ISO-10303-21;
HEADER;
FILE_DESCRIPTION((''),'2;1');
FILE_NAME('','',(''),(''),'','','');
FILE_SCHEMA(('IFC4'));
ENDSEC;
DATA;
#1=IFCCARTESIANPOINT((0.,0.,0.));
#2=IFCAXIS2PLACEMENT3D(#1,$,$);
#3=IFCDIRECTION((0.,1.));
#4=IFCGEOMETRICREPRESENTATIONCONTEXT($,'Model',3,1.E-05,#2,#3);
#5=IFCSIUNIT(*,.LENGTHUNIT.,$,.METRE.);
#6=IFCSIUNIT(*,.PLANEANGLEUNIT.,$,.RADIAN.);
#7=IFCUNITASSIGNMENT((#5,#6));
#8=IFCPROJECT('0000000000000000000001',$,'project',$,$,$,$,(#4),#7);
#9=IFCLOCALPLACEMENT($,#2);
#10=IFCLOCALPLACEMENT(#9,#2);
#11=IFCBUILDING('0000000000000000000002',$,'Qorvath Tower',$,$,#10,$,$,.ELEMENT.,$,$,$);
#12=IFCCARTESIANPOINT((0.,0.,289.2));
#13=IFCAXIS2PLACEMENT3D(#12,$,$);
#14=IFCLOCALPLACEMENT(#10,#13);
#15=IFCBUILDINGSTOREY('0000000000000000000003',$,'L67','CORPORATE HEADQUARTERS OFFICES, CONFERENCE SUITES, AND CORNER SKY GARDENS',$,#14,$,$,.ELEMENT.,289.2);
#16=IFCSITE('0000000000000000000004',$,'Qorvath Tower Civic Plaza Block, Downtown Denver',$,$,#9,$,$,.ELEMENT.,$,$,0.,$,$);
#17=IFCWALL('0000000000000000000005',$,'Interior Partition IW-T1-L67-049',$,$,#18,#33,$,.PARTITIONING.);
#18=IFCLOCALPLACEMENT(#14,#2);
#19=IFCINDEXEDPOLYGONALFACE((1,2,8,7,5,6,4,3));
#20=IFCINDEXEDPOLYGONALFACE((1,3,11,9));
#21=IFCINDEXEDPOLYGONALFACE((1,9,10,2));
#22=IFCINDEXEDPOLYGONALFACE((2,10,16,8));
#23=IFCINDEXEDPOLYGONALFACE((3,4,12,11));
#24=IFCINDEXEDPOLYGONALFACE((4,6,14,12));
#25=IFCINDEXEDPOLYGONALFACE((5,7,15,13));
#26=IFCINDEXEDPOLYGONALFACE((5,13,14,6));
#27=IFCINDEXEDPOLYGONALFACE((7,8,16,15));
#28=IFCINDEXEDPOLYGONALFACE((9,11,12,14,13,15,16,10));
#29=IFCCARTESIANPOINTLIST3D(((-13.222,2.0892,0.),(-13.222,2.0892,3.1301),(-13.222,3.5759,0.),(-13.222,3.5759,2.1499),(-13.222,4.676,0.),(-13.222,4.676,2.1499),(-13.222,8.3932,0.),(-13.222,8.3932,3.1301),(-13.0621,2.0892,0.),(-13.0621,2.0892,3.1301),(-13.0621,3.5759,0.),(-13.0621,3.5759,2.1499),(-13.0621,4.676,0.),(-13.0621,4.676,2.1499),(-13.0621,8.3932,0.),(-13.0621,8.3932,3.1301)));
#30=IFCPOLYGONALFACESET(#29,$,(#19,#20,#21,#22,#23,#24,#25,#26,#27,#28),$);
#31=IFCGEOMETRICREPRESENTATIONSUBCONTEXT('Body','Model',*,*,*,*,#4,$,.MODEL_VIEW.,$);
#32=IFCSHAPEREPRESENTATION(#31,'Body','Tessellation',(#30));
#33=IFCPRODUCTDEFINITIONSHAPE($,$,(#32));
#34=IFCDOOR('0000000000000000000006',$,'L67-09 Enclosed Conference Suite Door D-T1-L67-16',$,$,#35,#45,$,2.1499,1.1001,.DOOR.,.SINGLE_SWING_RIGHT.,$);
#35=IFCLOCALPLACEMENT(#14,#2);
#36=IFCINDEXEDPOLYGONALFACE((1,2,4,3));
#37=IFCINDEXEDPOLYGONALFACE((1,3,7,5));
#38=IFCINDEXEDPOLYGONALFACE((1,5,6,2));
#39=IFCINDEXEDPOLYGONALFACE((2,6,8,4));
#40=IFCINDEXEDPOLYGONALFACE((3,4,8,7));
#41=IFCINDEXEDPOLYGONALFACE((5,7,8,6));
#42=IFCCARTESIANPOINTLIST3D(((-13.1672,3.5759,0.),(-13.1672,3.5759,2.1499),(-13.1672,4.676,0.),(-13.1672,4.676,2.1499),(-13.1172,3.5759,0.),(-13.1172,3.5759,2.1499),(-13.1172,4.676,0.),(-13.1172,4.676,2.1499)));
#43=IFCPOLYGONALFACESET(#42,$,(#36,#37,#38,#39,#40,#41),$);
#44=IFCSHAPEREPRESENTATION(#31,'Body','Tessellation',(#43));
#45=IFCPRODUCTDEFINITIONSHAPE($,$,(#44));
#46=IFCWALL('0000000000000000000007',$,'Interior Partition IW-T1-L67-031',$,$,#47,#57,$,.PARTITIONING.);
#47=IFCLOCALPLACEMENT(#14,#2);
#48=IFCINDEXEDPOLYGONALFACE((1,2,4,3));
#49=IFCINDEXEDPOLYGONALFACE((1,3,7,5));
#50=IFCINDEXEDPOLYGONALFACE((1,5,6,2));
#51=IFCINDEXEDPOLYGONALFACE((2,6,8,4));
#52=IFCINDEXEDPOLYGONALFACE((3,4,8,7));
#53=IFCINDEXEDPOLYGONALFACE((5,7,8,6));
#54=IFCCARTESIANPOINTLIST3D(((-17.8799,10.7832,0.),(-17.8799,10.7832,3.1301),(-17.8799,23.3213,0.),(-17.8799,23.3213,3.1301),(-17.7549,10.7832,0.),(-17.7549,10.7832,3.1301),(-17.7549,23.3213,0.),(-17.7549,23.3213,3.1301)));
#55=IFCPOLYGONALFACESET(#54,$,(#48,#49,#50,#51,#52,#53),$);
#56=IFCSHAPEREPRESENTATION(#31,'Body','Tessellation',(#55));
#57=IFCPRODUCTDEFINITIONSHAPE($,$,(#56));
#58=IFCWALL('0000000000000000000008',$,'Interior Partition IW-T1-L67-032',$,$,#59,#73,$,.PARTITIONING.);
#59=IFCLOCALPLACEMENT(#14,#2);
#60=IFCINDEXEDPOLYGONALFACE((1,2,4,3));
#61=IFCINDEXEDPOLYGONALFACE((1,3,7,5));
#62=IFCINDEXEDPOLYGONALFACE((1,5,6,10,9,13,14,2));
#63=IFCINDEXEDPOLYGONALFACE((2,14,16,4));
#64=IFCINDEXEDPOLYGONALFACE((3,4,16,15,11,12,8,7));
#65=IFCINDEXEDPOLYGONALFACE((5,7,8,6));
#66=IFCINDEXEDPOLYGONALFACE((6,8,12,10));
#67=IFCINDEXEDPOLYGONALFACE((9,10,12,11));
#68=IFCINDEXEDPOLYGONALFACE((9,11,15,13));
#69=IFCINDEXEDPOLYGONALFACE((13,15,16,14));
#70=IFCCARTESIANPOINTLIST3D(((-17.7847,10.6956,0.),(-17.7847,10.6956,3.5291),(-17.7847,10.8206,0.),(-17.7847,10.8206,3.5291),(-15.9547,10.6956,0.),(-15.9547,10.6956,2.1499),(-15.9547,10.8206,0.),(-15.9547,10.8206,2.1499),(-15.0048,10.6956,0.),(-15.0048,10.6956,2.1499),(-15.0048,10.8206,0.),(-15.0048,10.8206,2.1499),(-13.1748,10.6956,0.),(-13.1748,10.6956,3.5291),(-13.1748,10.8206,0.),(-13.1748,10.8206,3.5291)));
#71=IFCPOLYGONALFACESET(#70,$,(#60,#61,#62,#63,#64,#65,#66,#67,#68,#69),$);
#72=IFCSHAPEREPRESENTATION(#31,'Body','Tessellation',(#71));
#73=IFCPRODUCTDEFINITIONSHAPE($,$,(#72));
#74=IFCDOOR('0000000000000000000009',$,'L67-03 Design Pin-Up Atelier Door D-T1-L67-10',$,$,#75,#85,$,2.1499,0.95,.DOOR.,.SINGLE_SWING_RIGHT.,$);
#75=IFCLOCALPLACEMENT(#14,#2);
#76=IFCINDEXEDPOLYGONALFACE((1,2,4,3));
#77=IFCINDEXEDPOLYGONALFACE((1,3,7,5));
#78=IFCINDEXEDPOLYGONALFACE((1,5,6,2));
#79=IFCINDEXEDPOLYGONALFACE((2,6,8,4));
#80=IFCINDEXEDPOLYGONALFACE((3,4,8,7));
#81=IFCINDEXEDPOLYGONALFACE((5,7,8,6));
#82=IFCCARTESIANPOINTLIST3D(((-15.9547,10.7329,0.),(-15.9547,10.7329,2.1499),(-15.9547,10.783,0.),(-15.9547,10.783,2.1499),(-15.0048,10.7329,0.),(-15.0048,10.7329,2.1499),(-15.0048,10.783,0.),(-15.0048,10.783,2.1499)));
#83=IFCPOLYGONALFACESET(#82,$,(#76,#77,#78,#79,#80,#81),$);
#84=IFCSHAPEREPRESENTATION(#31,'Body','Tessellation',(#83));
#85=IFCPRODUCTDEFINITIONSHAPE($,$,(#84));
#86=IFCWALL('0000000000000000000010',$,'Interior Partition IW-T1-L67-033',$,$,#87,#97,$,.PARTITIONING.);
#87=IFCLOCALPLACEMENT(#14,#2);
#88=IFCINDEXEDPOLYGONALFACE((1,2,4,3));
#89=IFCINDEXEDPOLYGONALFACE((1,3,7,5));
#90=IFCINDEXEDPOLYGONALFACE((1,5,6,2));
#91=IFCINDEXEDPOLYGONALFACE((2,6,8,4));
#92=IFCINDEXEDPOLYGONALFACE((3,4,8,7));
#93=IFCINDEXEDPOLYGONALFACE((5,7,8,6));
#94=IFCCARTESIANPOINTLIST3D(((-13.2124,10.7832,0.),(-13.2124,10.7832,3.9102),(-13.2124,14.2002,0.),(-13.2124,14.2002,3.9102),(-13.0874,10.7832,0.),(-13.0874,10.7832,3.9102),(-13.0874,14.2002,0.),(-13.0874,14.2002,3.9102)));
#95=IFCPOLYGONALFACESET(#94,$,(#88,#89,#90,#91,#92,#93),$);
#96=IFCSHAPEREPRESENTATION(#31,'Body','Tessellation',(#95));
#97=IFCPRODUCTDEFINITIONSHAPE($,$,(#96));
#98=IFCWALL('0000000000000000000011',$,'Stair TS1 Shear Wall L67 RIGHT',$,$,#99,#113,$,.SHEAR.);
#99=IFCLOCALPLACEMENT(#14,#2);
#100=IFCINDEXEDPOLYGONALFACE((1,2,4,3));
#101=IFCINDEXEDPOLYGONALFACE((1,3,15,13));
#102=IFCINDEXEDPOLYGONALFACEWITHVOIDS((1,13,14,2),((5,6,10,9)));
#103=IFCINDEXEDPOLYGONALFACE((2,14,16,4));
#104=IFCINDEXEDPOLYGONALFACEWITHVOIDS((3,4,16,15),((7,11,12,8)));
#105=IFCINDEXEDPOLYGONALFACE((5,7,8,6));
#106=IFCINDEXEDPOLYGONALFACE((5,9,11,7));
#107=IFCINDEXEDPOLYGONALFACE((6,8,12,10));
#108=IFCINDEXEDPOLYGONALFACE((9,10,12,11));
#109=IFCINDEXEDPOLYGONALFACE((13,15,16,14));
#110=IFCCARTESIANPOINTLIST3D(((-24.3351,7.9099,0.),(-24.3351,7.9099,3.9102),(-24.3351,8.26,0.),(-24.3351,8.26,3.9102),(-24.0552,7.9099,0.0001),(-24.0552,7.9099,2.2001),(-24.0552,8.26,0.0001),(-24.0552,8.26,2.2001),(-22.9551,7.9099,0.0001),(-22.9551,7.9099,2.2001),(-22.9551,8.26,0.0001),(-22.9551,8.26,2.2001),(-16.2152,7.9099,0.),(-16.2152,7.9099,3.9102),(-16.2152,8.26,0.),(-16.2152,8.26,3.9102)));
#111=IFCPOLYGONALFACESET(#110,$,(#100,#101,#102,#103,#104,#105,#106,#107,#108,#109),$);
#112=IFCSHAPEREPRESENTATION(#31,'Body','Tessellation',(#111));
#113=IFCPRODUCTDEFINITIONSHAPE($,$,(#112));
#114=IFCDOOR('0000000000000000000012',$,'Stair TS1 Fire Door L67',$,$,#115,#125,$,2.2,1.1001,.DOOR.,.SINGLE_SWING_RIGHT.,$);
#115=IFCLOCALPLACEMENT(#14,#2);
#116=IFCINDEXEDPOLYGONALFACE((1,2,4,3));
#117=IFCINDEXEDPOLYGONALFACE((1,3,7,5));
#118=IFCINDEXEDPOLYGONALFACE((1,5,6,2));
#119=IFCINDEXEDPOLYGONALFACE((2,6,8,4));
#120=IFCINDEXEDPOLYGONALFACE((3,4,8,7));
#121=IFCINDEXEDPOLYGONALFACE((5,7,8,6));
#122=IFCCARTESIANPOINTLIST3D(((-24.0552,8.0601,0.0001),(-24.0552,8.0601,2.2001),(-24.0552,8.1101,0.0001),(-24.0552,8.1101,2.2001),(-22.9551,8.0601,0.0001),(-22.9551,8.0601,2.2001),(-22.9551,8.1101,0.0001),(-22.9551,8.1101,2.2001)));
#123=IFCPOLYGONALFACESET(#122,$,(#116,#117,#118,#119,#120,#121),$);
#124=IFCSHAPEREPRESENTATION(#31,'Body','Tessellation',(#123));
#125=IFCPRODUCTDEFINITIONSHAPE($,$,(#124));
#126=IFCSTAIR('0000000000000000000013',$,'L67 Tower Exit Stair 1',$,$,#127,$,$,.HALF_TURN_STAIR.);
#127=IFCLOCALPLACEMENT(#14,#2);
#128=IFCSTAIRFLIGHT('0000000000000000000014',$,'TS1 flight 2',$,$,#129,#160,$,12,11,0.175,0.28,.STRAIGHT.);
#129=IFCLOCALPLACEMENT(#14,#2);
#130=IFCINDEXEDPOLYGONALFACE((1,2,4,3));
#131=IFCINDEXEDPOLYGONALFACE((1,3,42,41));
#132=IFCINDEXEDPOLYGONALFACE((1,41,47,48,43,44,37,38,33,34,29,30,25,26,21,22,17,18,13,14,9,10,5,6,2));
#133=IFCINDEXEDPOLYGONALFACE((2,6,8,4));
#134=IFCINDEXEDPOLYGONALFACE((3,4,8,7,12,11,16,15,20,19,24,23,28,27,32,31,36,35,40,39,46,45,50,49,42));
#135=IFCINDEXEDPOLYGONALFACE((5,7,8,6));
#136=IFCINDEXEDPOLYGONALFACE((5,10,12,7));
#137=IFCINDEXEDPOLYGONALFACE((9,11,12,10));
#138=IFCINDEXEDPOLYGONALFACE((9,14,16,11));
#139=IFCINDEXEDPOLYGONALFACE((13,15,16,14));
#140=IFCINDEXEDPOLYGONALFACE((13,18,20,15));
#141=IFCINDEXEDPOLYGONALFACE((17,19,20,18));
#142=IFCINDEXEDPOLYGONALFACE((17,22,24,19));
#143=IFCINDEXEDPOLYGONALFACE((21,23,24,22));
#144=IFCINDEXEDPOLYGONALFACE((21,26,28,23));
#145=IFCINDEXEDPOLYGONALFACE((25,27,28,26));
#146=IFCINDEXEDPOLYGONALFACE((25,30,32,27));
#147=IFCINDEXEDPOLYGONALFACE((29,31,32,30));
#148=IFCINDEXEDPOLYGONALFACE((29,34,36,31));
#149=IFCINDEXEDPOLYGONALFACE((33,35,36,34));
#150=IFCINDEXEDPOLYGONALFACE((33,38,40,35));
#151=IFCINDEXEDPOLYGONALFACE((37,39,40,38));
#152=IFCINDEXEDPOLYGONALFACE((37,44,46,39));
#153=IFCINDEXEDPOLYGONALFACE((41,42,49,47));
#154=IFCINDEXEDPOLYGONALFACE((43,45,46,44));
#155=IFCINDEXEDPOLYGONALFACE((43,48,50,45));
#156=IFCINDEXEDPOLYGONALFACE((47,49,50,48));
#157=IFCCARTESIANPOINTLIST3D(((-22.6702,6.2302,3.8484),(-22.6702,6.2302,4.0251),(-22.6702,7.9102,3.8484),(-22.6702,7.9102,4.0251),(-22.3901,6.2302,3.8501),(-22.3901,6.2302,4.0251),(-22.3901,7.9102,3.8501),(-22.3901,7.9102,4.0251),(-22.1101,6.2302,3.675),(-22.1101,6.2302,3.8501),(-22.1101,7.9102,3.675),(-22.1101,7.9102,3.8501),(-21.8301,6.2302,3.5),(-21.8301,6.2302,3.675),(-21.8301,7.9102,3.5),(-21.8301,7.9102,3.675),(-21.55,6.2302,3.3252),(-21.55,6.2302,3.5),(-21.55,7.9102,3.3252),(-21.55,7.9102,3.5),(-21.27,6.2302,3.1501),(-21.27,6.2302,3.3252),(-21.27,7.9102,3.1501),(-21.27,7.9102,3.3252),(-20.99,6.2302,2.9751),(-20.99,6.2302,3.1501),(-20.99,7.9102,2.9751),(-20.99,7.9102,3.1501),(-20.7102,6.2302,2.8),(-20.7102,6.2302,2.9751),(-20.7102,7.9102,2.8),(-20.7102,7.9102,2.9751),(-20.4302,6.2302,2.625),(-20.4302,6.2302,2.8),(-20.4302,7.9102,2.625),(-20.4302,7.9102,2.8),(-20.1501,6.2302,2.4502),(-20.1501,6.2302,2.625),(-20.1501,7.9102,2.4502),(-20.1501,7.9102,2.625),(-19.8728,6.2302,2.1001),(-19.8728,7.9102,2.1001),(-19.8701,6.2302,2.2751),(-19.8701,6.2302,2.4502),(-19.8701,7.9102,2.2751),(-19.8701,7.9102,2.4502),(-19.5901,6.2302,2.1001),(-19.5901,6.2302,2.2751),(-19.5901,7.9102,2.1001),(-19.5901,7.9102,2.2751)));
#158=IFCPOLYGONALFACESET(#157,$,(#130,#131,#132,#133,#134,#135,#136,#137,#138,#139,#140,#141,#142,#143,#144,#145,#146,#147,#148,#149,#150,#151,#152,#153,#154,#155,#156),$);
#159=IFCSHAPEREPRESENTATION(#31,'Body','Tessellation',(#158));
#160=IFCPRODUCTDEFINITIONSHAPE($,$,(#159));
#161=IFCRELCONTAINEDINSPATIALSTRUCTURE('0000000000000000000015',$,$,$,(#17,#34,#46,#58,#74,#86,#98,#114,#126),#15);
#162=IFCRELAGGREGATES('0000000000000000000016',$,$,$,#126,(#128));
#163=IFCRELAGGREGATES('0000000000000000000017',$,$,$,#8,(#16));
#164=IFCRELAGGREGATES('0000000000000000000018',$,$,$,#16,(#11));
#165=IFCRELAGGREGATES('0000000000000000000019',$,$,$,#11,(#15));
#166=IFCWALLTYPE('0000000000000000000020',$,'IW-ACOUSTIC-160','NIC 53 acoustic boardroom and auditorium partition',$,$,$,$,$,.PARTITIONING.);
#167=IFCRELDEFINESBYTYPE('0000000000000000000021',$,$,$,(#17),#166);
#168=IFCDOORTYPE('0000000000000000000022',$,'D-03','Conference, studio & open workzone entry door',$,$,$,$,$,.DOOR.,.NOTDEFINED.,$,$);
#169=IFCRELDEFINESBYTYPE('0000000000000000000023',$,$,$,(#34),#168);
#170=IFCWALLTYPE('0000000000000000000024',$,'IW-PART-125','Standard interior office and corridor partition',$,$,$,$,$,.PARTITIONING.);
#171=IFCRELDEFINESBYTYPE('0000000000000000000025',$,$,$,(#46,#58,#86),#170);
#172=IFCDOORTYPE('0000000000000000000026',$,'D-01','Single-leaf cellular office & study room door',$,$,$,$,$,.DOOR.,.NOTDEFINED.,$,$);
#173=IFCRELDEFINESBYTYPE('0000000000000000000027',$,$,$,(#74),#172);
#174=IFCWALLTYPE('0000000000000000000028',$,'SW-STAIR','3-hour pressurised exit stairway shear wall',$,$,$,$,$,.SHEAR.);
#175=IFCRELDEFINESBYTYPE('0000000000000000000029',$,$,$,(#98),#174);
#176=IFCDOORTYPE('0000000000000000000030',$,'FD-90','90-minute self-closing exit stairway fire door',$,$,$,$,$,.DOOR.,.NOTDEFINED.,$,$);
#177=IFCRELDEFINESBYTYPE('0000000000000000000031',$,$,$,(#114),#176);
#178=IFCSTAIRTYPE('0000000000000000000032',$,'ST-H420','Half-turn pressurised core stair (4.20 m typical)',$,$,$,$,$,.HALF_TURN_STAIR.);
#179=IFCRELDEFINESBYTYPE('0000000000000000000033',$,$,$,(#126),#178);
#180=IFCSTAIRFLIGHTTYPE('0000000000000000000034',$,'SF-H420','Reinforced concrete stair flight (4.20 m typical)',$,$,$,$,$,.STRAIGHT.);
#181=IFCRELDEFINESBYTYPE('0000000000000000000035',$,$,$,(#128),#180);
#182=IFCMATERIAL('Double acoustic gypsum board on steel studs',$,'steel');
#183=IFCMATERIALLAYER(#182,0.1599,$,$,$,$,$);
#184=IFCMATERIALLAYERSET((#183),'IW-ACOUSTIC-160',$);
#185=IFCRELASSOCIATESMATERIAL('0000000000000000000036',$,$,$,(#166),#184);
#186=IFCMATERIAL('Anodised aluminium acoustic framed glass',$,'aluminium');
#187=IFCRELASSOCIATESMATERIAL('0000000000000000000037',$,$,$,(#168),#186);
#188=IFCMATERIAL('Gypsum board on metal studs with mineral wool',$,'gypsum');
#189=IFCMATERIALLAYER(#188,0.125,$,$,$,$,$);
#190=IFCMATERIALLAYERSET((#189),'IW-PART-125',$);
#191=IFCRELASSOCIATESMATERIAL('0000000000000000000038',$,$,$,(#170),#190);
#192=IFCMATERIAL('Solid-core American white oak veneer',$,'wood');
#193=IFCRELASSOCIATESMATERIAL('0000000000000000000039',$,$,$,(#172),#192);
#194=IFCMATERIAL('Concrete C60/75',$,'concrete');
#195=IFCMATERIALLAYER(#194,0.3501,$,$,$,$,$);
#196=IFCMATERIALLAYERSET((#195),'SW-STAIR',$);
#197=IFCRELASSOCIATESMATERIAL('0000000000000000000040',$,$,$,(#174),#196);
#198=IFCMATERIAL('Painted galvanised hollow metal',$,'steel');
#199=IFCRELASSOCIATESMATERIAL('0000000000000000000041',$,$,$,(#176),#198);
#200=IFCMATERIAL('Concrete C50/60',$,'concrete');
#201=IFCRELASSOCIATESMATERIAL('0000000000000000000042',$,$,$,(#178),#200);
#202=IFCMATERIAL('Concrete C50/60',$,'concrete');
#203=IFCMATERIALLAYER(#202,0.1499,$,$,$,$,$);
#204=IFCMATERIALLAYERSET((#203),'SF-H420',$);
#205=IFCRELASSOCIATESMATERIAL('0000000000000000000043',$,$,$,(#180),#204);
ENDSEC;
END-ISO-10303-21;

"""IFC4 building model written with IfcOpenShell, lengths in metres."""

from ifc_helpers import new_model, si_unit, direction, frame, frame_2d, origin, place, context, subcontext, project, spatial, polyline, rectangle, outline, extrude, material, layer, layer_set, type_object, element, fill, aggregate, save


model = new_model("IFC4")

# Units and contexts
model_context = context("Model", 3, precision=1e-05, world=origin(), true_north=direction((0.0, 1.0)))
body_context = subcontext(model_context, "Body", "Model", "MODEL_VIEW")
ifc_project = project(units=[si_unit("LENGTHUNIT", "METRE"), si_unit("PLANEANGLEUNIT", "RADIAN")], contexts=[model_context])

# Site, building, storey
site_placement = place(None, origin())
site = spatial("IfcSite", under=ifc_project, at=site_placement, Name="Qorvath Tower Civic Plaza Block, Downtown Denver", CompositionType="ELEMENT", RefElevation=0.0)
building_placement = place(site_placement, origin())
building = spatial("IfcBuilding", under=site, at=building_placement, Name="Qorvath Tower", CompositionType="ELEMENT")
storey_placement = place(building_placement, frame((0.0, 0.0, 289.2)))
storey = spatial("IfcBuildingStorey", under=building, at=storey_placement, Name="L67", Description="CORPORATE HEADQUARTERS OFFICES, CONFERENCE SUITES, AND CORNER SKY GARDENS", CompositionType="ELEMENT", Elevation=289.2)

# Shared definitions
ifc_material_1 = material(Name="Double acoustic gypsum board on steel studs", Category="steel")
ifc_layer_1 = layer(ifc_material_1, 0.1599)
ifc_layer_set_1 = layer_set([ifc_layer_1], Name="IW-ACOUSTIC-160")
wall_type_1 = type_object("IfcWallType", Name="IW-ACOUSTIC-160", Description="NIC 53 acoustic boardroom and auditorium partition", PredefinedType="PARTITIONING", material=ifc_layer_set_1)

# Wall, opening, door
wall_1_placement = place(storey_placement, frame((-13.1421, 8.3931, 0.0), z_axis=(0.0, 0.0, 1.0), x_axis=(0.0, -1.0, 0.0)))
wall_1 = element("IfcWall", 1, at=wall_1_placement, inside=storey, type_object=wall_type_1, Name="Interior Partition IW-T1-L67-049", PredefinedType="PARTITIONING", context=body_context, shape_type="SweptSolid", body=[
    extrude(rectangle(XDim=6.304, YDim=0.1599, at=frame_2d((3.1519, 0.0))), origin(), (0.0, 0.0, 1.0), 3.1301),
])
opening_1_placement = place(wall_1_placement, frame((3.717, 0.0, 0.0)))
opening_1 = element("IfcOpeningElement", 2, at=opening_1_placement, cuts=wall_1, PredefinedType="OPENING", context=body_context, shape_type="SweptSolid", body=[
    extrude(rectangle(XDim=1.1001, YDim=2.1499, at=frame_2d((0.55, 1.075))), frame((0.0, 0.0898, 0.0), z_axis=(0.0, -1.0, 0.0), x_axis=(1.0, 0.0, 0.0)), (0.0, 0.0, 1.0), 0.1799),
])
ifc_material_2 = material(Name="Anodised aluminium acoustic framed glass", Category="aluminium")
door_type_1 = type_object("IfcDoorType", Name="D-03", Description="Conference, studio & open workzone entry door", OperationType="NOTDEFINED", PredefinedType="DOOR", material=ifc_material_2)
door_1_placement = place(opening_1_placement, origin())
door_1 = element("IfcDoor", 3, at=door_1_placement, inside=storey, type_object=door_type_1, Name="L67-09 Enclosed Conference Suite Door D-T1-L67-16", OperationType="SINGLE_SWING_RIGHT", OverallHeight=2.1499, OverallWidth=1.1001, PredefinedType="DOOR", context=body_context, shape_type="SweptSolid", body=[
    extrude(rectangle(XDim=1.1001, YDim=2.1499, at=frame_2d((0.55, 1.075))), frame((0.0, 0.0249, 0.0), z_axis=(0.0, -1.0, 0.0), x_axis=(1.0, 0.0, 0.0)), (0.0, 0.0, 1.0), 0.05),
])
fill(opening_1, door_1)

# Wall
ifc_material_3 = material(Name="Gypsum board on metal studs with mineral wool", Category="gypsum")
ifc_layer_2 = layer(ifc_material_3, 0.125)
ifc_layer_set_2 = layer_set([ifc_layer_2], Name="IW-PART-125")
wall_type_2 = type_object("IfcWallType", Name="IW-PART-125", Description="Standard interior office and corridor partition", PredefinedType="PARTITIONING", material=ifc_layer_set_2)
wall_2_placement = place(storey_placement, frame((-17.8174, 10.7832, 0.0), z_axis=(0.0, 0.0, 1.0), x_axis=(0.0, 1.0, 0.0)))
element("IfcWall", 4, at=wall_2_placement, inside=storey, type_object=wall_type_2, Name="Interior Partition IW-T1-L67-031", PredefinedType="PARTITIONING", context=body_context, shape_type="SweptSolid", body=[
    extrude(rectangle(XDim=12.5381, YDim=0.125, at=frame_2d((6.269, 0.0))), origin(), (0.0, 0.0, 1.0), 3.1301),
])

# Wall, opening, door
wall_3_placement = place(storey_placement, frame((-17.7847, 10.7581, 0.0), z_axis=(0.0, 0.0, 1.0), x_axis=(1.0, 0.0, 0.0)))
wall_3 = element("IfcWall", 5, at=wall_3_placement, inside=storey, type_object=wall_type_2, Name="Interior Partition IW-T1-L67-032", PredefinedType="PARTITIONING", context=body_context, shape_type="SweptSolid", body=[
    extrude(rectangle(XDim=4.6099, YDim=0.125, at=frame_2d((2.3049, 0.0))), origin(), (0.0, 0.0, 1.0), 3.5291),
])
opening_2_placement = place(wall_3_placement, frame((1.8298, 0.0, 0.0)))
opening_2 = element("IfcOpeningElement", 6, at=opening_2_placement, cuts=wall_3, PredefinedType="OPENING", context=body_context, shape_type="SweptSolid", body=[
    extrude(rectangle(XDim=0.95, YDim=2.1499, at=frame_2d((0.4751, 1.075))), frame((0.0, 0.0725, 0.0), z_axis=(0.0, -1.0, 0.0), x_axis=(1.0, 0.0, 0.0)), (0.0, 0.0, 1.0), 0.145),
])
ifc_material_4 = material(Name="Solid-core American white oak veneer", Category="wood")
door_type_2 = type_object("IfcDoorType", Name="D-01", Description="Single-leaf cellular office & study room door", OperationType="NOTDEFINED", PredefinedType="DOOR", material=ifc_material_4)
door_2_placement = place(opening_2_placement, origin())
door_2 = element("IfcDoor", 7, at=door_2_placement, inside=storey, type_object=door_type_2, Name="L67-03 Design Pin-Up Atelier Door D-T1-L67-10", OperationType="SINGLE_SWING_RIGHT", OverallHeight=2.1499, OverallWidth=0.95, PredefinedType="DOOR", context=body_context, shape_type="SweptSolid", body=[
    extrude(rectangle(XDim=0.95, YDim=2.1499, at=frame_2d((0.4751, 1.075))), frame((0.0, 0.0249, 0.0), z_axis=(0.0, -1.0, 0.0), x_axis=(1.0, 0.0, 0.0)), (0.0, 0.0, 1.0), 0.05),
])
fill(opening_2, door_2)

# Wall
wall_4_placement = place(storey_placement, frame((-13.1499, 10.7832, 0.0), z_axis=(0.0, 0.0, 1.0), x_axis=(0.0, 1.0, 0.0)))
element("IfcWall", 8, at=wall_4_placement, inside=storey, type_object=wall_type_2, Name="Interior Partition IW-T1-L67-033", PredefinedType="PARTITIONING", context=body_context, shape_type="SweptSolid", body=[
    extrude(rectangle(XDim=3.417, YDim=0.125, at=frame_2d((1.7085, 0.0))), origin(), (0.0, 0.0, 1.0), 3.9102),
])

# Wall, opening, door
ifc_material_5 = material(Name="Concrete C60/75", Category="concrete")
ifc_layer_3 = layer(ifc_material_5, 0.3501)
ifc_layer_set_3 = layer_set([ifc_layer_3], Name="SW-STAIR")
wall_type_3 = type_object("IfcWallType", Name="SW-STAIR", Description="3-hour pressurised exit stairway shear wall", PredefinedType="SHEAR", material=ifc_layer_set_3)
wall_5_placement = place(storey_placement, frame((-16.2151, 8.085, 0.0), z_axis=(0.0, 0.0, 1.0), x_axis=(-1.0, 0.0, 0.0)))
wall_5 = element("IfcWall", 9, at=wall_5_placement, inside=storey, type_object=wall_type_3, Name="Stair TS1 Shear Wall L67 RIGHT", PredefinedType="SHEAR", context=body_context, shape_type="SweptSolid", body=[
    extrude(rectangle(XDim=8.1199, YDim=0.3501, at=frame_2d((4.0601, 0.0))), origin(), (0.0, 0.0, 1.0), 3.9102),
])
opening_3_placement = place(wall_5_placement, frame((6.74, 0.0, 0.0)))
opening_3 = element("IfcOpeningElement", 10, at=opening_3_placement, cuts=wall_5, PredefinedType="OPENING", context=body_context, shape_type="SweptSolid", body=[
    extrude(rectangle(XDim=1.1001, YDim=2.2, at=frame_2d((0.55, 1.1001))), frame((0.0, 0.1851, 0.0), z_axis=(0.0, -1.0, 0.0), x_axis=(1.0, 0.0, 0.0)), (0.0, 0.0, 1.0), 0.3701),
])
ifc_material_6 = material(Name="Painted galvanised hollow metal", Category="steel")
door_type_3 = type_object("IfcDoorType", Name="FD-90", Description="90-minute self-closing exit stairway fire door", OperationType="NOTDEFINED", PredefinedType="DOOR", material=ifc_material_6)
door_3_placement = place(opening_3_placement, origin())
door_3 = element("IfcDoor", 11, at=door_3_placement, inside=storey, type_object=door_type_3, Name="Stair TS1 Fire Door L67", OperationType="SINGLE_SWING_RIGHT", OverallHeight=2.2, OverallWidth=1.1001, PredefinedType="DOOR", context=body_context, shape_type="SweptSolid", body=[
    extrude(rectangle(XDim=1.1001, YDim=2.2, at=frame_2d((0.55, 1.1001))), frame((0.0, 0.0249, 0.0), z_axis=(0.0, -1.0, 0.0), x_axis=(1.0, 0.0, 0.0)), (0.0, 0.0, 1.0), 0.05),
])
fill(opening_3, door_3)

# Stair, stair flight
ifc_material_7 = material(Name="Concrete C50/60", Category="concrete")
stair_type = type_object("IfcStairType", Name="ST-H420", Description="Half-turn pressurised core stair (4.20 m typical)", PredefinedType="HALF_TURN_STAIR", material=ifc_material_7)
stair_placement = place(storey_placement, origin())
stair = element("IfcStair", 12, at=stair_placement, inside=storey, type_object=stair_type, Name="L67 Tower Exit Stair 1", PredefinedType="HALF_TURN_STAIR")
ifc_material_8 = material(Name="Concrete C50/60", Category="concrete")
ifc_layer_4 = layer(ifc_material_8, 0.1499)
ifc_layer_set_4 = layer_set([ifc_layer_4], Name="SF-H420")
stair_flight_type = type_object("IfcStairFlightType", Name="SF-H420", Description="Reinforced concrete stair flight (4.20 m typical)", PredefinedType="STRAIGHT", material=ifc_layer_set_4)
stair_flight_placement = place(storey_placement, frame((-19.5901, 7.0701, 2.1001), z_axis=(0.0, 0.0, 1.0), x_axis=(-1.0, 0.0, 0.0)))
stair_flight = element("IfcStairFlight", 13, at=stair_flight_placement, type_object=stair_flight_type, Name="TS1 flight 2", NumberOfRisers=12, NumberOfTreads=11, PredefinedType="STRAIGHT", RiserHeight=0.175, TreadLength=0.28, context=body_context, shape_type="SweptSolid", body=[
    extrude(outline(polyline([(0.0, 0.0), (0.0, 0.175), (0.28, 0.175), (0.28, 0.3501), (0.5601, 0.3501), (0.5601, 0.5249), (0.8401, 0.5249), (0.8401, 0.7), (1.1201, 0.7), (1.1201, 0.875), (1.3999, 0.875), (1.3999, 1.05), (1.6799, 1.05), (1.6799, 1.2251), (1.96, 1.2251), (1.96, 1.3999), (2.24, 1.3999), (2.24, 1.575), (2.52, 1.575), (2.52, 1.75), (2.8, 1.75), (2.8, 1.925), (3.0801, 1.925), (3.0801, 2.1001), (3.0801, 1.7483), (0.2827, 0.0), (0.0, 0.0)])), frame((0.0, 0.8398, 0.0), z_axis=(0.0, -1.0, 0.0), x_axis=(1.0, 0.0, 0.0)), (0.0, 0.0, 1.0), 1.6799),
])
aggregate(stair, [stair_flight])

save(model, "model.ifc")
